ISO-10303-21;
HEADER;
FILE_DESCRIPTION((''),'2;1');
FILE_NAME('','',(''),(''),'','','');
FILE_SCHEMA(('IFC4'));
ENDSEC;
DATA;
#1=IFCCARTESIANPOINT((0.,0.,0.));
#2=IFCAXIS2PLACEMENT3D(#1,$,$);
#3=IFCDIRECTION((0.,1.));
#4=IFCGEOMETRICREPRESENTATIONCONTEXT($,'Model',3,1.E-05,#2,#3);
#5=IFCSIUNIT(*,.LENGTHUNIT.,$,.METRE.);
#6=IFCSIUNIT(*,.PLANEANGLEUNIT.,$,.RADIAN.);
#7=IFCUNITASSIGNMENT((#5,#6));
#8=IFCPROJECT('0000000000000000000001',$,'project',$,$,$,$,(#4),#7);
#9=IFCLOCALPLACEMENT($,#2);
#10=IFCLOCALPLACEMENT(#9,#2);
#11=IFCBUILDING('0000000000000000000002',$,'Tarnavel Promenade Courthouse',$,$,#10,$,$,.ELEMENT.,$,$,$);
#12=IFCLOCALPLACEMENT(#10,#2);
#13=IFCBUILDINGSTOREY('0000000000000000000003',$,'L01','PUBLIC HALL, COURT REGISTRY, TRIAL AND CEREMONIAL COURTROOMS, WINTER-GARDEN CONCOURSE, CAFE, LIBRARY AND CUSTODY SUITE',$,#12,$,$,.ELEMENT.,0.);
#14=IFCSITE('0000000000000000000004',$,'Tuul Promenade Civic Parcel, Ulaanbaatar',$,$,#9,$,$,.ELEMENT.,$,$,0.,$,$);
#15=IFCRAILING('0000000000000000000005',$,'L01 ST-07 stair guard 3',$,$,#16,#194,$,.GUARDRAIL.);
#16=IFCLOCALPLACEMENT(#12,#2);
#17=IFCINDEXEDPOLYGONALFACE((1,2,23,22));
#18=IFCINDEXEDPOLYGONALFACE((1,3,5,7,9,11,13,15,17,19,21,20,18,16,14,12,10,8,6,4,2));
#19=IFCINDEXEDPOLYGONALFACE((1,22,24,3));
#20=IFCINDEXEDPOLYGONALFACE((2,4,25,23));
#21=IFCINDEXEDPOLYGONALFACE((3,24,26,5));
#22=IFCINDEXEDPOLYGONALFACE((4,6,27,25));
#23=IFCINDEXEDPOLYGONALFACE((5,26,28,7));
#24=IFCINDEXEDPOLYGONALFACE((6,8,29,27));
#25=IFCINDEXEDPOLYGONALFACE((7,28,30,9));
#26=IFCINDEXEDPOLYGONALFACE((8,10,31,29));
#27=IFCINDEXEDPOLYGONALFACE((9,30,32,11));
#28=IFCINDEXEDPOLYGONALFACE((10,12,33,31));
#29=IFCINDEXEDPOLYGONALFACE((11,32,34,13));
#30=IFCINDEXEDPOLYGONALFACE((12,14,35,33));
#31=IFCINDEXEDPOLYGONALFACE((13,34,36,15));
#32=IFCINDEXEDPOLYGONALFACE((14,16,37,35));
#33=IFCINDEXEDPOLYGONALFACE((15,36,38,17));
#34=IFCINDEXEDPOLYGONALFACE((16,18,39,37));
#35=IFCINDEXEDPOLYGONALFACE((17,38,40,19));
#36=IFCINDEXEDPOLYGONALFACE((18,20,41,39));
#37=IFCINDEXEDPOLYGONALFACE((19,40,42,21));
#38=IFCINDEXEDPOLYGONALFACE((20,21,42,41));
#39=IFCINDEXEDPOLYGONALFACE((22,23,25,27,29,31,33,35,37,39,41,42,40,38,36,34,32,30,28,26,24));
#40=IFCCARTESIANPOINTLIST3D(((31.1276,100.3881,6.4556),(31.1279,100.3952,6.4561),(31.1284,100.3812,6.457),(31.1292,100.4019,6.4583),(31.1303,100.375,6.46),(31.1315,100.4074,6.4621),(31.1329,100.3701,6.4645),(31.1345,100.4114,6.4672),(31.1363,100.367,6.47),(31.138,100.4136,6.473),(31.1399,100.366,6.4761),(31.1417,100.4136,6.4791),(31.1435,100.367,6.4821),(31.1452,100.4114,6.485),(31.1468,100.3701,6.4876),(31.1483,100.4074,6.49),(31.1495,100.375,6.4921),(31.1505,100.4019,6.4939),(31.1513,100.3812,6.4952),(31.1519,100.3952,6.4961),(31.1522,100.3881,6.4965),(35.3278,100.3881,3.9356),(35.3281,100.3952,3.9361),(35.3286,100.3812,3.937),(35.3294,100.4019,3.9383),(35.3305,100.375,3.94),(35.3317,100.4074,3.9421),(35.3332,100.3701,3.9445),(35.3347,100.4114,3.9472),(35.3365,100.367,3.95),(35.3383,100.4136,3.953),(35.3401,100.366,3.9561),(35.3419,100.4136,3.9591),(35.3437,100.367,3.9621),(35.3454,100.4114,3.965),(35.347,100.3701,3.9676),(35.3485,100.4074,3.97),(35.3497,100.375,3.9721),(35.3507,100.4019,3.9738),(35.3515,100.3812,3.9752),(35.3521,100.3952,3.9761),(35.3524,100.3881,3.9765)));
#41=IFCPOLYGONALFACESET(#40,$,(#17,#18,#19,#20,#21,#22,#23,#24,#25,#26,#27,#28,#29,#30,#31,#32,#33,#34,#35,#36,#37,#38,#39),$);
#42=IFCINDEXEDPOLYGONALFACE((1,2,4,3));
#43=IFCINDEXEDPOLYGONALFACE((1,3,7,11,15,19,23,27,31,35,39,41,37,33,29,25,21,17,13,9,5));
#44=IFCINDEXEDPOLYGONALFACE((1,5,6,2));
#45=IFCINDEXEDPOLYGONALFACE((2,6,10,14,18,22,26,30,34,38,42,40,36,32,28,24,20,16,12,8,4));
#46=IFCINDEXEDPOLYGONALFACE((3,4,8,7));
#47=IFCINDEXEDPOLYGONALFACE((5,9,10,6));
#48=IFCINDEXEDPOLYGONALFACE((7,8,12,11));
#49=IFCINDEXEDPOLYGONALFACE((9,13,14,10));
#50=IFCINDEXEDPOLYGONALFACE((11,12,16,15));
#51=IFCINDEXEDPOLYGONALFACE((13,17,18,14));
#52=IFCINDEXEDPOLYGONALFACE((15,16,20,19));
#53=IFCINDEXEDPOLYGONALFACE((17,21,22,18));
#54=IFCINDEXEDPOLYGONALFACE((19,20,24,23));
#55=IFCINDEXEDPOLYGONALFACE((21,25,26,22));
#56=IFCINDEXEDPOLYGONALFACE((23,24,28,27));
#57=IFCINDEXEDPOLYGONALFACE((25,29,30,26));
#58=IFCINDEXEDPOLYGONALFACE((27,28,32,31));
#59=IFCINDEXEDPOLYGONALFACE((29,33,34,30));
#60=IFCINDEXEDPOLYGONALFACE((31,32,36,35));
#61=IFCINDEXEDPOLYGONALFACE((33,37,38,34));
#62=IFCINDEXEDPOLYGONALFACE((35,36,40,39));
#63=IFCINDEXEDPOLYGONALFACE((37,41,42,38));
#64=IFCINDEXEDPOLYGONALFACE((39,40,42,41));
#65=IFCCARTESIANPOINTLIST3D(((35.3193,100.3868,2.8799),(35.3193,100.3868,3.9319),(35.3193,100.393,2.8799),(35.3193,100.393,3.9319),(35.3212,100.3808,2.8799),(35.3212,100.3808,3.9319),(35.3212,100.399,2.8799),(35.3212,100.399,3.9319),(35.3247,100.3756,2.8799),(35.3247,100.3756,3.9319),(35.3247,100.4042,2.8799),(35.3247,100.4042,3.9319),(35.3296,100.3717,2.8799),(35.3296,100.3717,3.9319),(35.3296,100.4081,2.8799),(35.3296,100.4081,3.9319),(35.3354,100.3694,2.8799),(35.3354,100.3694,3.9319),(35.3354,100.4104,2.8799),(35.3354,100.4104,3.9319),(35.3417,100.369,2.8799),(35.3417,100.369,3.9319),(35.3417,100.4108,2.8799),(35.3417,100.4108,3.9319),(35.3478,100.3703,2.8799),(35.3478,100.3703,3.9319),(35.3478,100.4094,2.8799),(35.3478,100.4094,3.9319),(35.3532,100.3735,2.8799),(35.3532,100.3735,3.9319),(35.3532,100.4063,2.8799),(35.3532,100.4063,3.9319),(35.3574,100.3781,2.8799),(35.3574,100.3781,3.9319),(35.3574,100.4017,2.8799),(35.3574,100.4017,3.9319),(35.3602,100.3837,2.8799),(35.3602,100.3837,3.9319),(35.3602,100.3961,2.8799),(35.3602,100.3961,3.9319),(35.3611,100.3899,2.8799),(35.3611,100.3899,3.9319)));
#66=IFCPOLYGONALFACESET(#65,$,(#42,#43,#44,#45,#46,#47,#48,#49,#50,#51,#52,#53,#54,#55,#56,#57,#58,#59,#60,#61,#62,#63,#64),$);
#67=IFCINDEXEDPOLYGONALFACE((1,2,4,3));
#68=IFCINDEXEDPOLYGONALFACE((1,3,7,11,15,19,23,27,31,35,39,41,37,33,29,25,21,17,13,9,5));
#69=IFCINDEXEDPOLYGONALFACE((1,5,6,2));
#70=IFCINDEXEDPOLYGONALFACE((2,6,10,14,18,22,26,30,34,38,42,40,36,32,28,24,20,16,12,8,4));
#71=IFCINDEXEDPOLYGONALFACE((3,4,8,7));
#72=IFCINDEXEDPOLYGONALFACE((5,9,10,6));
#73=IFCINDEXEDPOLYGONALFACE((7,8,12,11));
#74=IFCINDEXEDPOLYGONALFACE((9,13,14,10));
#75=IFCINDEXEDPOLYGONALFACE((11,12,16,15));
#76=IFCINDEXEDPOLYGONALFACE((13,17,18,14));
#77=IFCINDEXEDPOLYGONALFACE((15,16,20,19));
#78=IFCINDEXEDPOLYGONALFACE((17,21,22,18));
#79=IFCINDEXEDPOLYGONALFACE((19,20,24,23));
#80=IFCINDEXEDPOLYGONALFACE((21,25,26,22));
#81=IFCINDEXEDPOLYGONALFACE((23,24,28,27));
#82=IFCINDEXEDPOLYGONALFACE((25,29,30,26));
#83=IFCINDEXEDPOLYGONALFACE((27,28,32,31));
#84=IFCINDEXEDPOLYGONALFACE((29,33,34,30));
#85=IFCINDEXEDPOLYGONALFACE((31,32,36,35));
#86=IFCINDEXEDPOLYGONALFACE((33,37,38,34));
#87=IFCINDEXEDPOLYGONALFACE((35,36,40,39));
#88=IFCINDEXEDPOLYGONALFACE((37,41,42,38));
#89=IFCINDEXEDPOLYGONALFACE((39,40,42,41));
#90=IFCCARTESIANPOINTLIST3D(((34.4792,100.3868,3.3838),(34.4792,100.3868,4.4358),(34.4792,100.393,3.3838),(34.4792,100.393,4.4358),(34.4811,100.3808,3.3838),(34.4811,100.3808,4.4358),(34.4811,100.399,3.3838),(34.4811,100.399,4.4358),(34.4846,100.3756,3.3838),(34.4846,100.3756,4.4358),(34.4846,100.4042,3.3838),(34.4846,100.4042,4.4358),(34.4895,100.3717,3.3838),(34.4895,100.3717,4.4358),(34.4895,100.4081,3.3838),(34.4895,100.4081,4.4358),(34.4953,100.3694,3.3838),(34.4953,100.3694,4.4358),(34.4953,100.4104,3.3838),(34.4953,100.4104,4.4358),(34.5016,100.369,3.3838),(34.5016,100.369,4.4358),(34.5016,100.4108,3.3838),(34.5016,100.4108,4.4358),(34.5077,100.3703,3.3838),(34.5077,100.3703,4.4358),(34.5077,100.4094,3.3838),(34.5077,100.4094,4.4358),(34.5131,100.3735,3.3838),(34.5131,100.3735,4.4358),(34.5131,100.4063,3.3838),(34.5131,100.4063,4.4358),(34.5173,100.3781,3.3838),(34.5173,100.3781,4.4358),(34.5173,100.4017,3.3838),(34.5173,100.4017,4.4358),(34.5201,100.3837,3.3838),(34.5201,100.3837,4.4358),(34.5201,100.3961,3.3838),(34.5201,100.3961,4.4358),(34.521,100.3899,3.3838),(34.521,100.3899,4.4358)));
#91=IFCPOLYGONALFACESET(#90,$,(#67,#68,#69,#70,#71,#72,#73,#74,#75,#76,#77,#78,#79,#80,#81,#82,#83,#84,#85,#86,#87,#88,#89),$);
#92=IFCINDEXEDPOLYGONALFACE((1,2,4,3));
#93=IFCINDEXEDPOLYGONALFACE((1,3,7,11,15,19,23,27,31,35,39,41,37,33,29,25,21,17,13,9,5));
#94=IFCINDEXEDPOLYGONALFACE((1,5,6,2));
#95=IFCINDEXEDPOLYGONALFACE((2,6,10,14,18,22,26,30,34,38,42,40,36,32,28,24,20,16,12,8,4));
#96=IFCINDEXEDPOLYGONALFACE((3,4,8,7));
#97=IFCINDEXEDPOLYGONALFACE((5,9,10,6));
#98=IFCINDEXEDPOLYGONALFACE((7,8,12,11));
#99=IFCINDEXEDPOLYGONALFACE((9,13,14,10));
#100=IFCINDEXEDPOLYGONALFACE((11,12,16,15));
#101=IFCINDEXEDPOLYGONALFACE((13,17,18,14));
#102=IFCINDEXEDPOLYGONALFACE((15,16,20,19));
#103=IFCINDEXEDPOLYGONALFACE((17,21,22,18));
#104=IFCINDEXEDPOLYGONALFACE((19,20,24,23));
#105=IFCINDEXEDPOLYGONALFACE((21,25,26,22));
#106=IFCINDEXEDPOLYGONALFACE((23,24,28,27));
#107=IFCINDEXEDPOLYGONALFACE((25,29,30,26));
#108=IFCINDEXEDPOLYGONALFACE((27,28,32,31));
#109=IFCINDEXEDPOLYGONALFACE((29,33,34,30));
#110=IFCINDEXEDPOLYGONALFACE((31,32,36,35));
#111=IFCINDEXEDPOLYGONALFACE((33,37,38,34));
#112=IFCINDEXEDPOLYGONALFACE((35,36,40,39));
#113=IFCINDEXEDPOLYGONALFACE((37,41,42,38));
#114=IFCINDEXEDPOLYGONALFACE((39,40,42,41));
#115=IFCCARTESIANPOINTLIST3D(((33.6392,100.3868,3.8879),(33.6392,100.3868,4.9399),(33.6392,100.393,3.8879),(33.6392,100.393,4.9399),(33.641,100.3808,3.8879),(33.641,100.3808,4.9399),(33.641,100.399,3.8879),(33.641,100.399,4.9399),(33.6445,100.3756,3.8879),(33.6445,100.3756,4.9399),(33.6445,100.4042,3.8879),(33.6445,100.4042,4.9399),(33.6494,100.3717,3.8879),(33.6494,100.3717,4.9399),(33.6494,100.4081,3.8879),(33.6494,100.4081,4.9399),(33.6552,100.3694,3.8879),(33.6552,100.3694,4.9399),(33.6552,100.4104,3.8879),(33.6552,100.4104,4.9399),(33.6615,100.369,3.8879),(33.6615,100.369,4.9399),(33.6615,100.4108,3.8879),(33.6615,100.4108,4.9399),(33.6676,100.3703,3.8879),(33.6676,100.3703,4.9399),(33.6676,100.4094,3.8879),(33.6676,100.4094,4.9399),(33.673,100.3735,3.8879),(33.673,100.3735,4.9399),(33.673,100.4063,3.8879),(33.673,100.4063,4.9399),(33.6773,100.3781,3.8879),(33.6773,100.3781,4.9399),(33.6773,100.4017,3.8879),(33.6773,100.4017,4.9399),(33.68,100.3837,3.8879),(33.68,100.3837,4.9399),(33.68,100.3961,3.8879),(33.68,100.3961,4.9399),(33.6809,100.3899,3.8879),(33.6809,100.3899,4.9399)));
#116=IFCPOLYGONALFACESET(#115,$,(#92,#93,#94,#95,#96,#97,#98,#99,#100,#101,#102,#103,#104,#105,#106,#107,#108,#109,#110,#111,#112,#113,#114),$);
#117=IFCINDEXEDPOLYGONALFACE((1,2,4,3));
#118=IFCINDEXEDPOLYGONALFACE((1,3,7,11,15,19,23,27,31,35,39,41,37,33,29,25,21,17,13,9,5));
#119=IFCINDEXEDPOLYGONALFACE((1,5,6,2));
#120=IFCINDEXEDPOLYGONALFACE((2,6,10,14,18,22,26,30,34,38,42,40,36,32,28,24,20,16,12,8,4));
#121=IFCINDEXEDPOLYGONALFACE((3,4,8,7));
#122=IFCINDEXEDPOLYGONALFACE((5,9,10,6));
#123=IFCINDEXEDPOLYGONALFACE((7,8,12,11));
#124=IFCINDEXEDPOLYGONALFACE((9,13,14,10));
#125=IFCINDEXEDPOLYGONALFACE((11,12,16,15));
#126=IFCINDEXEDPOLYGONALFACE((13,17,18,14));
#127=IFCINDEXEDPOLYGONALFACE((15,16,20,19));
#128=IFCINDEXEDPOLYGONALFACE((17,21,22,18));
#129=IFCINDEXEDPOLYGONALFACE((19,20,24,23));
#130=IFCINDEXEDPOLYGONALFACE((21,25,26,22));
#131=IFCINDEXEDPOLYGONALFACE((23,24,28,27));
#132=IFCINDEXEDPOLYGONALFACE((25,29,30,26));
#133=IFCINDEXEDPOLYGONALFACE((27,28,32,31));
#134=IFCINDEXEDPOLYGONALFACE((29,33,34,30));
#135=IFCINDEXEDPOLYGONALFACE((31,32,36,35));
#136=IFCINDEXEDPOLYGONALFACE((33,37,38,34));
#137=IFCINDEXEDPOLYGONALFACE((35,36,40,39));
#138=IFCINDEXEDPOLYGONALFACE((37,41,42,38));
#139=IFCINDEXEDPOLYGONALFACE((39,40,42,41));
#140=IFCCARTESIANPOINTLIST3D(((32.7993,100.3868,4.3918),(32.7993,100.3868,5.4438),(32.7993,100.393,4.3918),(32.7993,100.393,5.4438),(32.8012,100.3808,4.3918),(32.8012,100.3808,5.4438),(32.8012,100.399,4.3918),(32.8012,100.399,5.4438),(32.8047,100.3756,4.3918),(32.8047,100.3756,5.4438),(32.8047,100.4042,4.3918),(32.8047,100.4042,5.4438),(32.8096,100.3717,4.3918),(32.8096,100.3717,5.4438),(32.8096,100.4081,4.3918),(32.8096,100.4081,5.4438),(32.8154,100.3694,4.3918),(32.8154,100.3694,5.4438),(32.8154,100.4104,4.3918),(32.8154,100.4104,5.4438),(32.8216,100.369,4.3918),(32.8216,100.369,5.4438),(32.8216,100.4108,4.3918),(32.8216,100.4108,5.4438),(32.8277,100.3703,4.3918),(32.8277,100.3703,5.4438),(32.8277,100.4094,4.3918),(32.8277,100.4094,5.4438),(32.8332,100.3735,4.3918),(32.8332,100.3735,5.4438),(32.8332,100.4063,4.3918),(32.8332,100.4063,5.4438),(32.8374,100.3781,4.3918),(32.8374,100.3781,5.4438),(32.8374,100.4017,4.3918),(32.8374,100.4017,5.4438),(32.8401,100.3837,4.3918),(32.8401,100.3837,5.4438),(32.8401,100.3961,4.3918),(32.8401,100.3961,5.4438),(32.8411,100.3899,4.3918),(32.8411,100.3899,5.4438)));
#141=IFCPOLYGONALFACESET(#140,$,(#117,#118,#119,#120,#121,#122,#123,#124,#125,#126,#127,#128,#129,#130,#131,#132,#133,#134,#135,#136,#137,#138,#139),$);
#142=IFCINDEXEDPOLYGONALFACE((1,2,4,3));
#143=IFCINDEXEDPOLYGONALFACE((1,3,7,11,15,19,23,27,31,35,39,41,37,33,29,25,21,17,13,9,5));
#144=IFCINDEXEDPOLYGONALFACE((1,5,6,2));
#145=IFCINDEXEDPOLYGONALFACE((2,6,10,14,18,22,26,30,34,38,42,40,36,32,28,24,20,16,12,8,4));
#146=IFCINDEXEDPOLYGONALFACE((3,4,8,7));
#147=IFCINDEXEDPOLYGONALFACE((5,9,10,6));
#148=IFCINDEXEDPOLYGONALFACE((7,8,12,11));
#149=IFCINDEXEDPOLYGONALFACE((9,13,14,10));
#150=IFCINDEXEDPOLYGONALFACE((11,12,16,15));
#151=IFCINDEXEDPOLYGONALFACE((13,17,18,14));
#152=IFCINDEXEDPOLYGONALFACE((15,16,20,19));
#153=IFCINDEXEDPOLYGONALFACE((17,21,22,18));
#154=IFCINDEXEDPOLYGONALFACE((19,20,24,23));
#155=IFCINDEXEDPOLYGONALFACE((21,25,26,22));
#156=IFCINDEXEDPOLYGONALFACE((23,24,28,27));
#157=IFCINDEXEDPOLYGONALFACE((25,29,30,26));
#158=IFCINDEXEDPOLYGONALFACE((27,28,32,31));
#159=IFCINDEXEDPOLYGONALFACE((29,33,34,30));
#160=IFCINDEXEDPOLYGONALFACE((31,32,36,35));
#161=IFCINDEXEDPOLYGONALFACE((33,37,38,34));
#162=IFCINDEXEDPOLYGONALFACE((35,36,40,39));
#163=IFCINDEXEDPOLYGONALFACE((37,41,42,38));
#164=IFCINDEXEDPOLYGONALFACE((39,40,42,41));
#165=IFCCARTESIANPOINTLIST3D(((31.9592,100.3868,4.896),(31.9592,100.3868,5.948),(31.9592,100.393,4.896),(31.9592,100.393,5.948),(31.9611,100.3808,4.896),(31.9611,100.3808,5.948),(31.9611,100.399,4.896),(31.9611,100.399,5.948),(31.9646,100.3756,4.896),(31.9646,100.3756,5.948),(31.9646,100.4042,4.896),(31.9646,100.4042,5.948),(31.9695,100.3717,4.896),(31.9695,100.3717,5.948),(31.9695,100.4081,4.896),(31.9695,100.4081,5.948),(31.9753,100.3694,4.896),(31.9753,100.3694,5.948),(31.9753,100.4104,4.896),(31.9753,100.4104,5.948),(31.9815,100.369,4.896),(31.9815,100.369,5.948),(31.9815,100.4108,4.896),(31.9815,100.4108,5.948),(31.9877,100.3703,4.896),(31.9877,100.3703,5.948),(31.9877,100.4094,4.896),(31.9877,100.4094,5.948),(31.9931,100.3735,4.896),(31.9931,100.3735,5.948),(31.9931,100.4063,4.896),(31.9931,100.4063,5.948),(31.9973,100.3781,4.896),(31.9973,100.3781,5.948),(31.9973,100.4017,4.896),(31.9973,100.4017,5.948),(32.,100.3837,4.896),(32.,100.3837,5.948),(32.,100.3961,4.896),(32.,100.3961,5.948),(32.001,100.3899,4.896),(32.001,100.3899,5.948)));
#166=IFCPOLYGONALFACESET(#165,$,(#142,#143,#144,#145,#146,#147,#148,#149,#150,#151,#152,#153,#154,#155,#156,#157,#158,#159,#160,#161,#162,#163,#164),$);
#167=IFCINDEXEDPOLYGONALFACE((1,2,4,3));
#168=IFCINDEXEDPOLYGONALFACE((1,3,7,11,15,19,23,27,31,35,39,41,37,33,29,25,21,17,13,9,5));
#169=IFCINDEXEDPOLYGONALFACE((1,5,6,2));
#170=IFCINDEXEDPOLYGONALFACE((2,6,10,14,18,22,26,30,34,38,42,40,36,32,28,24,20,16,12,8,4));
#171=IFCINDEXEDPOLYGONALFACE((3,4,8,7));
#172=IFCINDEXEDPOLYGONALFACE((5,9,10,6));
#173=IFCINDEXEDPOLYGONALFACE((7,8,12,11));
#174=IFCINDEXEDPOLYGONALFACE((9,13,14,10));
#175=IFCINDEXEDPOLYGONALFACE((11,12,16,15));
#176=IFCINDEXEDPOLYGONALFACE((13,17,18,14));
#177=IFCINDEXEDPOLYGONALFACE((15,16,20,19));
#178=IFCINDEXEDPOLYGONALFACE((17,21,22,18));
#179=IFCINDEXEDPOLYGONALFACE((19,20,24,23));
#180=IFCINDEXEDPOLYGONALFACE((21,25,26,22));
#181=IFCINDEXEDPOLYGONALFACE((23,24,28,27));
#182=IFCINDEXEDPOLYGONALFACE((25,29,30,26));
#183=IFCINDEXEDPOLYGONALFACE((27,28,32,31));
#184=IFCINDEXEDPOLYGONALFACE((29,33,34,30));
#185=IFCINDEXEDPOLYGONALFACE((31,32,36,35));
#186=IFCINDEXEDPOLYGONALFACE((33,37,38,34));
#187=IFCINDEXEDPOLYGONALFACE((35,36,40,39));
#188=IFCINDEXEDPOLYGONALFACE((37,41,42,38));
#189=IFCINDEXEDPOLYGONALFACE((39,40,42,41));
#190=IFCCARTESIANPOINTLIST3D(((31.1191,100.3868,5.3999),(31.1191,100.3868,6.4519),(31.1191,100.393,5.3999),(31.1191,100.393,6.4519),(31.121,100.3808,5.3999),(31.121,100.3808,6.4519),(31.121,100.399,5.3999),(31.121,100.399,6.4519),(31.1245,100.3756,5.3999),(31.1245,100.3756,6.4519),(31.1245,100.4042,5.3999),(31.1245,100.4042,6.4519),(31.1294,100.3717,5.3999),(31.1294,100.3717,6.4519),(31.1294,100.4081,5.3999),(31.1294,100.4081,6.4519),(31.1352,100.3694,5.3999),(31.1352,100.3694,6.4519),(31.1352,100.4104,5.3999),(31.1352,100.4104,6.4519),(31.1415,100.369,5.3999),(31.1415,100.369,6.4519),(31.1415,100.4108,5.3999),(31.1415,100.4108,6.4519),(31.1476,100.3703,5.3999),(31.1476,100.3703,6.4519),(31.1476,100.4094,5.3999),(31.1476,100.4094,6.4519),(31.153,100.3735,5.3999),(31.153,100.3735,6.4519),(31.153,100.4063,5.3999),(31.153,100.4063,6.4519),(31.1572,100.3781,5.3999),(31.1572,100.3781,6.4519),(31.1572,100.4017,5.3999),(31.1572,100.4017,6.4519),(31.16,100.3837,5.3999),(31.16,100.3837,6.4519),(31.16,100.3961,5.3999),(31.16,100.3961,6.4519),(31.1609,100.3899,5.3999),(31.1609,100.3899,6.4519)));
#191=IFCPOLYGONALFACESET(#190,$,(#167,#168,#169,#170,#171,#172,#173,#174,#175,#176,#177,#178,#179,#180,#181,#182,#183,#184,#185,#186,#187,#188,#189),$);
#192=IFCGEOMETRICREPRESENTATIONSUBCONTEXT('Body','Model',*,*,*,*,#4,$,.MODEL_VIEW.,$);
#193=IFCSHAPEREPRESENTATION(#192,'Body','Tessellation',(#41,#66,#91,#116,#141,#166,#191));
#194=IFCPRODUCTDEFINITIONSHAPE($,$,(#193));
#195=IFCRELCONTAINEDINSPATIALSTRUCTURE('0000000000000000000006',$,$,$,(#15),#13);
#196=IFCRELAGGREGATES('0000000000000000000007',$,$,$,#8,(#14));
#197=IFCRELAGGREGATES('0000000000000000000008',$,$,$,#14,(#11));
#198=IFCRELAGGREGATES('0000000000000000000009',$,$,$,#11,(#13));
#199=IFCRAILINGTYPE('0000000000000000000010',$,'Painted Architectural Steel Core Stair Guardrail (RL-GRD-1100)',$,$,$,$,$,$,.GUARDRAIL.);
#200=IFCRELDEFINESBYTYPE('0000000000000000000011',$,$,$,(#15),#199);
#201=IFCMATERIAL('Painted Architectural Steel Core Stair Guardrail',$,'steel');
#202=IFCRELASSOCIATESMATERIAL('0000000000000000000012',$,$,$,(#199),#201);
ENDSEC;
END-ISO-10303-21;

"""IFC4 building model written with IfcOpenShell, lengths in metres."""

from ifc_helpers import new_model, si_unit, direction, frame, origin, origin_2d, place, context, subcontext, project, spatial, circle, extrude, material, type_object, element, save


model = new_model("IFC4")

# Units and contexts
model_context = context("Model", 3, precision=1e-05, world=origin(), true_north=direction((0.0, 1.0)))
body_context = subcontext(model_context, "Body", "Model", "MODEL_VIEW")
ifc_project = project(units=[si_unit("LENGTHUNIT", "METRE"), si_unit("PLANEANGLEUNIT", "RADIAN")], contexts=[model_context])

# Site, building, storey
site_placement = place(None, origin())
site = spatial("IfcSite", under=ifc_project, at=site_placement, Name="Tuul Promenade Civic Parcel, Ulaanbaatar", CompositionType="ELEMENT", RefElevation=0.0)
building_placement = place(site_placement, origin())
building = spatial("IfcBuilding", under=site, at=building_placement, Name="Tarnavel Promenade Courthouse", CompositionType="ELEMENT")
storey_placement = place(building_placement, origin())
storey = spatial("IfcBuildingStorey", under=building, at=storey_placement, Name="L01", Description="PUBLIC HALL, COURT REGISTRY, TRIAL AND CEREMONIAL COURTROOMS, WINTER-GARDEN CONCOURSE, CAFE, LIBRARY AND CUSTODY SUITE", CompositionType="ELEMENT", Elevation=0.0)

# Railing
ifc_material_1 = material(Name="Painted Architectural Steel Core Stair Guardrail", Category="steel")
railing_type_1 = type_object("IfcRailingType", Name="Painted Architectural Steel Core Stair Guardrail (RL-GRD-1100)", PredefinedType="GUARDRAIL", material=ifc_material_1)
railing_1_placement = place(storey_placement, frame((35.3401, 100.3899, 2.8799)))
element("IfcRailing", 1, at=railing_1_placement, inside=storey, type_object=railing_type_1, Name="L01 ST-07 stair guard 3", PredefinedType="GUARDRAIL", context=body_context, shape_type="SweptSolid", body=[
    extrude(circle(Radius=0.0239, at=origin_2d()), frame((0.0, 0.0, 1.0762), z_axis=(-0.857502, 0.0, 0.514481), x_axis=(0.0, -1.0, 0.0)), (0.0, 0.0, 1.0), 4.8982),
    extrude(circle(Radius=0.021, at=origin_2d()), origin(), (0.0, 0.0, 1.0), 1.052),
    extrude(circle(Radius=0.021, at=origin_2d()), frame((-0.8401, 0.0, 0.5039)), (0.0, 0.0, 1.0), 1.052),
    extrude(circle(Radius=0.021, at=origin_2d()), frame((-1.6802, 0.0, 1.0081)), (0.0, 0.0, 1.0), 1.052),
    extrude(circle(Radius=0.021, at=origin_2d()), frame((-2.52, 0.0, 1.512)), (0.0, 0.0, 1.0), 1.052),
    extrude(circle(Radius=0.021, at=origin_2d()), frame((-3.3601, 0.0, 2.0161)), (0.0, 0.0, 1.0), 1.052),
    extrude(circle(Radius=0.021, at=origin_2d()), frame((-4.2002, 0.0, 2.52)), (0.0, 0.0, 1.0), 1.052),
])

save(model, "model.ifc")
